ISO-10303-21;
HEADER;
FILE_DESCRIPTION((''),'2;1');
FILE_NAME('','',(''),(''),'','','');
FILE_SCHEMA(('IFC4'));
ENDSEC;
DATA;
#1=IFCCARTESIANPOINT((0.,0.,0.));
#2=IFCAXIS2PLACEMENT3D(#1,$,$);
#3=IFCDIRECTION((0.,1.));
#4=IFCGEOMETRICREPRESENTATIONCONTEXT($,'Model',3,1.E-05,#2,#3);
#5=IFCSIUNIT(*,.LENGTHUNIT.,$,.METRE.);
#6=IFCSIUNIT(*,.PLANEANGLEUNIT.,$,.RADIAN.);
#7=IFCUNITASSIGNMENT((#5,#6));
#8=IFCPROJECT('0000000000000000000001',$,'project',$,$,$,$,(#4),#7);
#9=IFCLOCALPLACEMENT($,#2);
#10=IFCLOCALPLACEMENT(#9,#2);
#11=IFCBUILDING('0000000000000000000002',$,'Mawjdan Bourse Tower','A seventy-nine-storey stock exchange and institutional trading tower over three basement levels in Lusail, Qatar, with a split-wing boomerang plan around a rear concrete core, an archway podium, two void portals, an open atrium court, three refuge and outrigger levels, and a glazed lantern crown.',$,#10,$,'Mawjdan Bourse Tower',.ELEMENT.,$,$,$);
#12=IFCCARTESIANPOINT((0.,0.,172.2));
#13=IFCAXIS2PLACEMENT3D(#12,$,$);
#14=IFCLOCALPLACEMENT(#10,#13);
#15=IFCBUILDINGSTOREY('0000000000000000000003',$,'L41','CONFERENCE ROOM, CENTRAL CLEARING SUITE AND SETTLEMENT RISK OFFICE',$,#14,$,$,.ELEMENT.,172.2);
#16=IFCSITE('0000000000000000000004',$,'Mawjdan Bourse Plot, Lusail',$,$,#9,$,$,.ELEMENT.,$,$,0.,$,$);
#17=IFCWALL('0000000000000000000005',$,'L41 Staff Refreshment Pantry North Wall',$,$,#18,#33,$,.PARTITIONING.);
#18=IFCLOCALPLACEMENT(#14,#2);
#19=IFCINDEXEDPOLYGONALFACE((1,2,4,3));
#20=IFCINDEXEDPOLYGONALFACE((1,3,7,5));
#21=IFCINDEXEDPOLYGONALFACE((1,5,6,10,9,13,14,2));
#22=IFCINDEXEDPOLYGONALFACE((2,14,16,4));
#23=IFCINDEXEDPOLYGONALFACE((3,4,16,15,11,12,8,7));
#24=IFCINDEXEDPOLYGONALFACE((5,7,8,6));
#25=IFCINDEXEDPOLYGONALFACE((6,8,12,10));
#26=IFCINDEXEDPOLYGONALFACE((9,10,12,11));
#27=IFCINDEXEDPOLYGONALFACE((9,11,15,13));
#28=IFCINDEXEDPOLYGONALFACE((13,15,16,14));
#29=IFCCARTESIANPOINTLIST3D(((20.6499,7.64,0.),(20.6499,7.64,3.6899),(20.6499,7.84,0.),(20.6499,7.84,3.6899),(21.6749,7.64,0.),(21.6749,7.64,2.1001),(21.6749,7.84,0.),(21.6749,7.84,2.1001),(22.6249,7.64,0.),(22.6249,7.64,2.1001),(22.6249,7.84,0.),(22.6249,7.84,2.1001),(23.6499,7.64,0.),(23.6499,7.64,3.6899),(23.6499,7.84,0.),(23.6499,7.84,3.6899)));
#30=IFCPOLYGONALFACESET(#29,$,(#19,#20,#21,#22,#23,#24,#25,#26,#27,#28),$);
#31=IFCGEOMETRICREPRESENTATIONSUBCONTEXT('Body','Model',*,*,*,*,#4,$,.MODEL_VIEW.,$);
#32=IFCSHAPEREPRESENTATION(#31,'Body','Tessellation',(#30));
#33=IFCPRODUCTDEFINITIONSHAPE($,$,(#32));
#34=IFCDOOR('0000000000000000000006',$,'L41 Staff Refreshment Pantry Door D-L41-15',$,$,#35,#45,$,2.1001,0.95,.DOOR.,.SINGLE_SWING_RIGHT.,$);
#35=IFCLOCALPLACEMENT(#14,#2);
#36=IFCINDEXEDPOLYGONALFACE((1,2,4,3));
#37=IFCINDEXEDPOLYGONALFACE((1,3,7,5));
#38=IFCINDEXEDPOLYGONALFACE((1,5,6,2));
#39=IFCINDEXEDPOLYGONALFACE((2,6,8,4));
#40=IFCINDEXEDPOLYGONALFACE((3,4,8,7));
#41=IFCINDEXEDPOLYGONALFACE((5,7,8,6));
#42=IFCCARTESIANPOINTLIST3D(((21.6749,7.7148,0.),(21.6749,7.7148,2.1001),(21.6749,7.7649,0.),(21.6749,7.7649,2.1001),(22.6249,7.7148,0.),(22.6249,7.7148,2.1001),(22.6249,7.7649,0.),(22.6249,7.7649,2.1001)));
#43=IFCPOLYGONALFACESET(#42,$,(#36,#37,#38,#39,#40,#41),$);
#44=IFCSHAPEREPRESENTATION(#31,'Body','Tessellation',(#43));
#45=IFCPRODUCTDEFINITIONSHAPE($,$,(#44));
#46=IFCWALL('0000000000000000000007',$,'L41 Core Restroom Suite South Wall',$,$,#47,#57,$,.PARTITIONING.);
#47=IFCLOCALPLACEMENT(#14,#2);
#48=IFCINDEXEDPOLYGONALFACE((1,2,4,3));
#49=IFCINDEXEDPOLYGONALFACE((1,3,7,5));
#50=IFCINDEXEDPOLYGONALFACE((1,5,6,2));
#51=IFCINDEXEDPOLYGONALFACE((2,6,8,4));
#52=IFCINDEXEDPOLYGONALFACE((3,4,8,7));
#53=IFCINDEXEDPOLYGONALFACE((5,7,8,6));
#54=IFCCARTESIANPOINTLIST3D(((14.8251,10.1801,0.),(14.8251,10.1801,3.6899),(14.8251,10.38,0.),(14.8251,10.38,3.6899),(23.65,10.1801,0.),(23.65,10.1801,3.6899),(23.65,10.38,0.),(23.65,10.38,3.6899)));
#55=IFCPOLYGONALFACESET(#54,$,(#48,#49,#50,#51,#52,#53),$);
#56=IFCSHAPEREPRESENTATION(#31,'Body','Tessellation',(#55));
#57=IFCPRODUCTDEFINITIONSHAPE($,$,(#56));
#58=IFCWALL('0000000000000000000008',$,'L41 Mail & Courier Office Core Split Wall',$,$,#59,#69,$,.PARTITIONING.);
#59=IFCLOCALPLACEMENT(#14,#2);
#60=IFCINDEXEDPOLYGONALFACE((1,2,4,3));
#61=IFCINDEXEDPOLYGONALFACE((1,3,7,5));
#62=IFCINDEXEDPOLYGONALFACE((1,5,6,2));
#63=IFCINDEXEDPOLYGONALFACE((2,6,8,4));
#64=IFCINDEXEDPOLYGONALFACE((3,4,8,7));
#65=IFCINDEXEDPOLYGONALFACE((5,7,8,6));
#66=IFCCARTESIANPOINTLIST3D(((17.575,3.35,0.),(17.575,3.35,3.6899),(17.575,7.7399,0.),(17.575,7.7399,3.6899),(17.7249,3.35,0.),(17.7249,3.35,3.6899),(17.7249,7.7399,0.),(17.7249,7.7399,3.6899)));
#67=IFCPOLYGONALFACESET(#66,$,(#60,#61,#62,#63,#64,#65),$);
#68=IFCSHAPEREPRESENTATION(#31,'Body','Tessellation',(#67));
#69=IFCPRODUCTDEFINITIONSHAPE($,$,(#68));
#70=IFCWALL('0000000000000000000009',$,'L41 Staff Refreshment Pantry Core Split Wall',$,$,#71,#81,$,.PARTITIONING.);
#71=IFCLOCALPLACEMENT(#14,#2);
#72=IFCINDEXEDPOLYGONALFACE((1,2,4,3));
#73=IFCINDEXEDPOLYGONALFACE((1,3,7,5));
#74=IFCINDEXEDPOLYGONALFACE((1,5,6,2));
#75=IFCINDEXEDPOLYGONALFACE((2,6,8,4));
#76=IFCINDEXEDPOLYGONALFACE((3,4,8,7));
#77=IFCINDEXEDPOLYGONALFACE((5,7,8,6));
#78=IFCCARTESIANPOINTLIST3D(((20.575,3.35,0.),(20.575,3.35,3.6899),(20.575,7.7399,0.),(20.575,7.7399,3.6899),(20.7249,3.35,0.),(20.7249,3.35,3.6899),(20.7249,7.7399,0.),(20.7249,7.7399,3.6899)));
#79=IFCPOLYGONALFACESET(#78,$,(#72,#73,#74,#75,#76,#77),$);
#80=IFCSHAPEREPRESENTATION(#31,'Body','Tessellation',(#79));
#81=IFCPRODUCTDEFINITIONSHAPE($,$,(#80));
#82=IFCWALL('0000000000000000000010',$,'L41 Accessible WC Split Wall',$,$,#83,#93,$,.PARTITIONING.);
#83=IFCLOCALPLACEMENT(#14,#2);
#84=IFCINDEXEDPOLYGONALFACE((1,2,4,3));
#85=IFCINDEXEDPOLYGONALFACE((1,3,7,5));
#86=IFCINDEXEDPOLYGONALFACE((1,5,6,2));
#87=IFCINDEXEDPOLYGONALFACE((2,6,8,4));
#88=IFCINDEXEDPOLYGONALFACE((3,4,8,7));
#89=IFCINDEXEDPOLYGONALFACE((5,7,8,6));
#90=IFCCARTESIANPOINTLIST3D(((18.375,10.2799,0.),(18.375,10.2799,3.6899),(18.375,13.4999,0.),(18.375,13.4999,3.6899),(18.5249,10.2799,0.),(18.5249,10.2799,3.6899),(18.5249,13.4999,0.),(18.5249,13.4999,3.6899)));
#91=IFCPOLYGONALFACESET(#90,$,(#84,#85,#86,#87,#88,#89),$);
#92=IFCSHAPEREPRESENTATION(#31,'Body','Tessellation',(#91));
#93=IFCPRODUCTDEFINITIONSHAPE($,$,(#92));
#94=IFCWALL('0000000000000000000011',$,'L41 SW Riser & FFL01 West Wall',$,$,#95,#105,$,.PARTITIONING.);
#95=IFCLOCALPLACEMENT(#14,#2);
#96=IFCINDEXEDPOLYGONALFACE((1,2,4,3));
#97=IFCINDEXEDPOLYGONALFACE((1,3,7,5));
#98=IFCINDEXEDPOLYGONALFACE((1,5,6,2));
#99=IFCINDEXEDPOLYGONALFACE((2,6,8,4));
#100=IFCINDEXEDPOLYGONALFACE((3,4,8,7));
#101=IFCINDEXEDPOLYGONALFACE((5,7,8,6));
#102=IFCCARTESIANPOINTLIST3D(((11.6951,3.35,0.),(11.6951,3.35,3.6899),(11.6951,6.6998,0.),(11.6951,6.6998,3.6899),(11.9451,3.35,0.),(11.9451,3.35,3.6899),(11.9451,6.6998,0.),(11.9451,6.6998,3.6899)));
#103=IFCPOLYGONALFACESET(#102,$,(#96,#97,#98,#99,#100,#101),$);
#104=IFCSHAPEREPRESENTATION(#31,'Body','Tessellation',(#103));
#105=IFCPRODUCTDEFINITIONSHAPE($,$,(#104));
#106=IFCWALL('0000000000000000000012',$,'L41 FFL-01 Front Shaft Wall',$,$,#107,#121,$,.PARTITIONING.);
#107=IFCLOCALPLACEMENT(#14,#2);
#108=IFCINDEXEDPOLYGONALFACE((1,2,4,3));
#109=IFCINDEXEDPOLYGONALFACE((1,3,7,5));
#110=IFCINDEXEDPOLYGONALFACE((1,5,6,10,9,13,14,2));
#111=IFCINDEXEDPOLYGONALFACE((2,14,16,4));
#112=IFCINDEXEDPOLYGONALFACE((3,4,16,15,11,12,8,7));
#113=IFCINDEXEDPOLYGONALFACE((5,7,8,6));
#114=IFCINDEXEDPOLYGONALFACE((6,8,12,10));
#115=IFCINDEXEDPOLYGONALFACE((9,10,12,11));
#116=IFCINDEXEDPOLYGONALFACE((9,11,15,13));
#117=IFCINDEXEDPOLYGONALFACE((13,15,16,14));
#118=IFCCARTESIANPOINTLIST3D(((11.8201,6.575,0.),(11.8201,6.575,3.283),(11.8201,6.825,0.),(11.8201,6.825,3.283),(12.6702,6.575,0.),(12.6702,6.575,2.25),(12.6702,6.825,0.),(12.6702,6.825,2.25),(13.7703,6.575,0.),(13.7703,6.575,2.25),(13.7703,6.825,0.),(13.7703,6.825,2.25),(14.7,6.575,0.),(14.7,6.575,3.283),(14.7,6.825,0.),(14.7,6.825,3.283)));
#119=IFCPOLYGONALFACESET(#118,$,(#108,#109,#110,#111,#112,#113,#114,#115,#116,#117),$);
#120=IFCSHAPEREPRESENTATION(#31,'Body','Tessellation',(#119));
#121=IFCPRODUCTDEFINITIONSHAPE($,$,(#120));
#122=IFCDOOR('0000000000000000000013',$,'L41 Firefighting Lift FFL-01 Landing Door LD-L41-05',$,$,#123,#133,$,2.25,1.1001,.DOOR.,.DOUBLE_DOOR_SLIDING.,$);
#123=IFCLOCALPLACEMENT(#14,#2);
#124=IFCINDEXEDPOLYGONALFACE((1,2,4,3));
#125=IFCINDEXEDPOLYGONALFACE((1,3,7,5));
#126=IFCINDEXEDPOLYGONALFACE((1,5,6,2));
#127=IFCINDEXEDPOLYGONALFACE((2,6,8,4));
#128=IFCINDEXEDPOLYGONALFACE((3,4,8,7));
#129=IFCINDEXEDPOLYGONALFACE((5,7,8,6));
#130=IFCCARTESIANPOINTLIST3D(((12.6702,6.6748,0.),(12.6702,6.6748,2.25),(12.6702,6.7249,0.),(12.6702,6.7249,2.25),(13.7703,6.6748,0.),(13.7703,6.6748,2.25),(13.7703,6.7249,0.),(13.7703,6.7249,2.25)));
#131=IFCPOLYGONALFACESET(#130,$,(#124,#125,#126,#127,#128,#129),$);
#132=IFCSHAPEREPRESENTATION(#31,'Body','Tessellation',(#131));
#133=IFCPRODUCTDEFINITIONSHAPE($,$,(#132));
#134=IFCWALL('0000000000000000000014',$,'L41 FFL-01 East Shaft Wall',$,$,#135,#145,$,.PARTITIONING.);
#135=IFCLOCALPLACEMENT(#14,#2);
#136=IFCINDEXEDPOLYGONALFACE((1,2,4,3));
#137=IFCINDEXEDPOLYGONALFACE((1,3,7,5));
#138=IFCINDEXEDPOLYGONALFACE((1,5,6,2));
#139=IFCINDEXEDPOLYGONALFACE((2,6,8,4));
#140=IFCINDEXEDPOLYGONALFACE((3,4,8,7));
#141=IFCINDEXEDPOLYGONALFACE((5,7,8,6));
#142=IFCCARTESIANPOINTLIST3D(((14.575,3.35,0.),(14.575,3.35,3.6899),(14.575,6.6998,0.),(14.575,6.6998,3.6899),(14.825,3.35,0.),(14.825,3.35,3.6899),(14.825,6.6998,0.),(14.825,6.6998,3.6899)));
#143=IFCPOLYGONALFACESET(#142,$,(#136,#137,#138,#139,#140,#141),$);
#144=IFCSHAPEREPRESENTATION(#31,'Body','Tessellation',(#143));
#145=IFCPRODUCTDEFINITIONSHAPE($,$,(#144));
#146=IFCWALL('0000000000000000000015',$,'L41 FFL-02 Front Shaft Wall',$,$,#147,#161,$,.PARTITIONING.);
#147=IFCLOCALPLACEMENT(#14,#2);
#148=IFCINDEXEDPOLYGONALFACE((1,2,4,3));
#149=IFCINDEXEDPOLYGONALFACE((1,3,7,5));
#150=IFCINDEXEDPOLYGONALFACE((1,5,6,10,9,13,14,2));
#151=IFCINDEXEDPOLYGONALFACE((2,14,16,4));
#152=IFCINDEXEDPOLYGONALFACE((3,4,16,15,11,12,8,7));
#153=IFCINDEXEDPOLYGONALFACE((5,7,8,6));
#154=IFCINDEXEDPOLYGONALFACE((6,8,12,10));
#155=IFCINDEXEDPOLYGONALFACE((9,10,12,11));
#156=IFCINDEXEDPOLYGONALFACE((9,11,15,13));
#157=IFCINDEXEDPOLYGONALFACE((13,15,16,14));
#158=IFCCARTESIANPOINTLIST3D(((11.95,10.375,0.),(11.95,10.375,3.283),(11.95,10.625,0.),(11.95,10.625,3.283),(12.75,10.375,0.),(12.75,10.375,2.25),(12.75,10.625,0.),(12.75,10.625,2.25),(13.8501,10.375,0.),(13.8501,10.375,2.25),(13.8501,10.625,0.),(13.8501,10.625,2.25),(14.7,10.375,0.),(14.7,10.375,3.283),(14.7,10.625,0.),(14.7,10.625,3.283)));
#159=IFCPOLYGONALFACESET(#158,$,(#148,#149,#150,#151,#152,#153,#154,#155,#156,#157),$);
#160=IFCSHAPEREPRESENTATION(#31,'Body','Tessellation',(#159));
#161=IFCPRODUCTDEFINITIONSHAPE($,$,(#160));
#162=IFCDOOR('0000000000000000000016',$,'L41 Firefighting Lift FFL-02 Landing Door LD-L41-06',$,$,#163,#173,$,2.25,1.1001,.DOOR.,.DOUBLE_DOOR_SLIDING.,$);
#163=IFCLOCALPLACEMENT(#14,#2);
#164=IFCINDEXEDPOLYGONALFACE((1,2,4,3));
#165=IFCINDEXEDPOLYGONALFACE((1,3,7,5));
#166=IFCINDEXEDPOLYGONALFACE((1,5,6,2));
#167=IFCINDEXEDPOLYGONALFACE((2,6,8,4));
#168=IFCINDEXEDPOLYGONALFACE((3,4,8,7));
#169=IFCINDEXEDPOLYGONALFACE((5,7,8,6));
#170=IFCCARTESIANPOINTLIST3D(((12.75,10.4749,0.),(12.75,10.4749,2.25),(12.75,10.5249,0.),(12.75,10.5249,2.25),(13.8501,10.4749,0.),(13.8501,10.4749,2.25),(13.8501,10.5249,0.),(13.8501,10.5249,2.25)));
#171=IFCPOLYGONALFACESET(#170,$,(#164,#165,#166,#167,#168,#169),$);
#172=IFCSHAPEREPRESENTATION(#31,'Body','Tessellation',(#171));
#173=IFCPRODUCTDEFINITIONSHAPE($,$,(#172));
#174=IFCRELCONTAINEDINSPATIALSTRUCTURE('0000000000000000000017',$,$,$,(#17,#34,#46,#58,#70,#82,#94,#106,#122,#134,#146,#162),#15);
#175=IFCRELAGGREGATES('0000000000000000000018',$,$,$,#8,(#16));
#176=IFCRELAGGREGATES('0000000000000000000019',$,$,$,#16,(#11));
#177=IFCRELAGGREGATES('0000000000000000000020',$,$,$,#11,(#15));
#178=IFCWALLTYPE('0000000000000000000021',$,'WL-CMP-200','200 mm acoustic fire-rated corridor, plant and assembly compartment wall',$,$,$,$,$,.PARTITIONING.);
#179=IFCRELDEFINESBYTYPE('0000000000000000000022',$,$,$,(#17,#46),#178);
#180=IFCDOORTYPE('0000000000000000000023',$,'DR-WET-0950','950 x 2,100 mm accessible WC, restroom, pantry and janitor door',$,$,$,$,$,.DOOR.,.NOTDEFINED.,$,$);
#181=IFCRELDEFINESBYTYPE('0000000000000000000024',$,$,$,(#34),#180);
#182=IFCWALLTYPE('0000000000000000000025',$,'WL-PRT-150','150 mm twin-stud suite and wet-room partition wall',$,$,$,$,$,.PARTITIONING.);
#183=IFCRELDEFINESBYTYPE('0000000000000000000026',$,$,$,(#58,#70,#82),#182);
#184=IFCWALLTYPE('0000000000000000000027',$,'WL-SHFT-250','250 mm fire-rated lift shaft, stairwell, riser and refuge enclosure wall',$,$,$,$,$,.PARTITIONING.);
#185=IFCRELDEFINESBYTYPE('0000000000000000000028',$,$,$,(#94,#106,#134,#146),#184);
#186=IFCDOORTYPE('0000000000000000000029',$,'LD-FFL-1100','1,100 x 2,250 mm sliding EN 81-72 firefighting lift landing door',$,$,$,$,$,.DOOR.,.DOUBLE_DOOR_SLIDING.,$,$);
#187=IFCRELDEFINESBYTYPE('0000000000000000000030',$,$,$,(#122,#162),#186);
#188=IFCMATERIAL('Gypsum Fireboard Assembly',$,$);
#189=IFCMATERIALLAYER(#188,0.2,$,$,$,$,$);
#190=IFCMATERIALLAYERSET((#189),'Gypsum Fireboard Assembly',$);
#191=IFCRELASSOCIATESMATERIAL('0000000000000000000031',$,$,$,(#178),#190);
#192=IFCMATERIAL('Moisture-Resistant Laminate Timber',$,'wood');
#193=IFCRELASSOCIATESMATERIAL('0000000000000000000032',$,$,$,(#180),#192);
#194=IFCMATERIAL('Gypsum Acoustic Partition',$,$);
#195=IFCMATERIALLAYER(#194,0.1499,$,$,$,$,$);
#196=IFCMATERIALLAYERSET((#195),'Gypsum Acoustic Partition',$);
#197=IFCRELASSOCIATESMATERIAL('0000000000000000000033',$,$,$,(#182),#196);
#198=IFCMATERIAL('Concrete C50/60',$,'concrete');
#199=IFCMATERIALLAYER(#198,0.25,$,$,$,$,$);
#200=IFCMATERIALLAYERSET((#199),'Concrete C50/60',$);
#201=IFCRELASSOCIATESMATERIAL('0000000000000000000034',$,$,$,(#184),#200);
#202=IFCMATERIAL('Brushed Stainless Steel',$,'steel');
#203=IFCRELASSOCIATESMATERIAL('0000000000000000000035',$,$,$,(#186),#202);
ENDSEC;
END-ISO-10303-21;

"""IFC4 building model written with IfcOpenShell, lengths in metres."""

from ifc_helpers import new_model, si_unit, direction, frame, frame_2d, origin, place, context, subcontext, project, spatial, rectangle, extrude, material, layer, layer_set, type_object, element, fill, save


model = new_model("IFC4")

# Units and contexts
model_context = context("Model", 3, precision=1e-05, world=origin(), true_north=direction((0.0, 1.0)))
body_context = subcontext(model_context, "Body", "Model", "MODEL_VIEW")
ifc_project = project(units=[si_unit("LENGTHUNIT", "METRE"), si_unit("PLANEANGLEUNIT", "RADIAN")], contexts=[model_context])

# Site, building, storey
site_placement = place(None, origin())
site = spatial("IfcSite", under=ifc_project, at=site_placement, Name="Mawjdan Bourse Plot, Lusail", CompositionType="ELEMENT", RefElevation=0.0)
building_placement = place(site_placement, origin())
building = spatial("IfcBuilding", under=site, at=building_placement, Name="Mawjdan Bourse Tower", Description="A seventy-nine-storey stock exchange and institutional trading tower over three basement levels in Lusail, Qatar, with a split-wing boomerang plan around a rear concrete core, an archway podium, two void portals, an open atrium court, three refuge and outrigger levels, and a glazed lantern crown.", LongName="Mawjdan Bourse Tower", CompositionType="ELEMENT")
storey_placement = place(building_placement, frame((0.0, 0.0, 172.2)))
storey = spatial("IfcBuildingStorey", under=building, at=storey_placement, Name="L41", Description="CONFERENCE ROOM, CENTRAL CLEARING SUITE AND SETTLEMENT RISK OFFICE", CompositionType="ELEMENT", Elevation=172.2)

# Wall, opening, door
ifc_material_1 = material(Name="Gypsum Fireboard Assembly")
ifc_layer_1 = layer(ifc_material_1, 0.2)
ifc_layer_set_1 = layer_set([ifc_layer_1], Name="Gypsum Fireboard Assembly")
wall_type_1 = type_object("IfcWallType", Name="WL-CMP-200", Description="200 mm acoustic fire-rated corridor, plant and assembly compartment wall", PredefinedType="PARTITIONING", material=ifc_layer_set_1)
wall_1_placement = place(storey_placement, frame((20.6499, 7.74, 0.0), z_axis=(0.0, 0.0, 1.0), x_axis=(1.0, 0.0, 0.0)))
wall_1 = element("IfcWall", 1, at=wall_1_placement, inside=storey, type_object=wall_type_1, Name="L41 Staff Refreshment Pantry North Wall", PredefinedType="PARTITIONING", context=body_context, shape_type="SweptSolid", body=[
    extrude(rectangle(XDim=3.0, YDim=0.2, at=frame_2d((1.5, 0.0))), origin(), (0.0, 0.0, 1.0), 3.6899),
])
opening_1_placement = place(wall_1_placement, frame((1.0249, 0.0, 0.0)))
opening_1 = element("IfcOpeningElement", 2, at=opening_1_placement, cuts=wall_1, PredefinedType="OPENING", context=body_context, shape_type="SweptSolid", body=[
    extrude(rectangle(XDim=0.95, YDim=2.1001, at=frame_2d((0.4751, 1.05))), frame((0.0, 0.1099, 0.0), z_axis=(0.0, -1.0, 0.0), x_axis=(1.0, 0.0, 0.0)), (0.0, 0.0, 1.0), 0.22),
])
ifc_material_2 = material(Name="Moisture-Resistant Laminate Timber", Category="wood")
door_type_1 = type_object("IfcDoorType", Name="DR-WET-0950", Description="950 x 2,100 mm accessible WC, restroom, pantry and janitor door", OperationType="NOTDEFINED", PredefinedType="DOOR", material=ifc_material_2)
door_1_placement = place(opening_1_placement, origin())
door_1 = element("IfcDoor", 3, at=door_1_placement, inside=storey, type_object=door_type_1, Name="L41 Staff Refreshment Pantry Door D-L41-15", OperationType="SINGLE_SWING_RIGHT", OverallHeight=2.1001, OverallWidth=0.95, PredefinedType="DOOR", context=body_context, shape_type="SweptSolid", body=[
    extrude(rectangle(XDim=0.95, YDim=2.1001, at=frame_2d((0.4751, 1.05))), frame((0.0, 0.0249, 0.0), z_axis=(0.0, -1.0, 0.0), x_axis=(1.0, 0.0, 0.0)), (0.0, 0.0, 1.0), 0.05),
])
fill(opening_1, door_1)

# Walls
wall_2_placement = place(storey_placement, frame((14.825, 10.28, 0.0), z_axis=(0.0, 0.0, 1.0), x_axis=(1.0, 0.0, 0.0)))
element("IfcWall", 4, at=wall_2_placement, inside=storey, type_object=wall_type_1, Name="L41 Core Restroom Suite South Wall", PredefinedType="PARTITIONING", context=body_context, shape_type="SweptSolid", body=[
    extrude(rectangle(XDim=8.825, YDim=0.2, at=frame_2d((4.4126, 0.0))), origin(), (0.0, 0.0, 1.0), 3.6899),
])
ifc_material_3 = material(Name="Gypsum Acoustic Partition")
ifc_layer_2 = layer(ifc_material_3, 0.1499)
ifc_layer_set_2 = layer_set([ifc_layer_2], Name="Gypsum Acoustic Partition")
wall_type_2 = type_object("IfcWallType", Name="WL-PRT-150", Description="150 mm twin-stud suite and wet-room partition wall", PredefinedType="PARTITIONING", material=ifc_layer_set_2)
for number, where, z_axis, x_axis, name in (
    (5, (17.6499, 3.3501, 0.0), (0.0, 0.0, 1.0), (0.0, 1.0, 0.0), "L41 Mail & Courier Office Core Split Wall"),
    (6, (20.6499, 3.3501, 0.0), (0.0, 0.0, 1.0), (0.0, 1.0, 0.0), "L41 Staff Refreshment Pantry Core Split Wall"),
):
    element("IfcWall", number, at=place(storey_placement, frame(where, z_axis=z_axis, x_axis=x_axis)), inside=storey, type_object=wall_type_2, Name=name, PredefinedType="PARTITIONING", context=body_context, shape_type="SweptSolid", body=[
        extrude(rectangle(XDim=4.3899, YDim=0.1499, at=frame_2d((2.1948, 0.0))), origin(), (0.0, 0.0, 1.0), 3.6899),
    ])
wall_3_placement = place(storey_placement, frame((18.45, 10.28, 0.0), z_axis=(0.0, 0.0, 1.0), x_axis=(0.0, 1.0, 0.0)))
element("IfcWall", 7, at=wall_3_placement, inside=storey, type_object=wall_type_2, Name="L41 Accessible WC Split Wall", PredefinedType="PARTITIONING", context=body_context, shape_type="SweptSolid", body=[
    extrude(rectangle(XDim=3.22, YDim=0.1499, at=frame_2d((1.6099, 0.0))), origin(), (0.0, 0.0, 1.0), 3.6899),
])
ifc_material_4 = material(Name="Concrete C50/60", Category="concrete")
ifc_layer_3 = layer(ifc_material_4, 0.25)
ifc_layer_set_3 = layer_set([ifc_layer_3], Name="Concrete C50/60")
wall_type_3 = type_object("IfcWallType", Name="WL-SHFT-250", Description="250 mm fire-rated lift shaft, stairwell, riser and refuge enclosure wall", PredefinedType="PARTITIONING", material=ifc_layer_set_3)
wall_4_placement = place(storey_placement, frame((11.8201, 3.3501, 0.0), z_axis=(0.0, 0.0, 1.0), x_axis=(0.0, 1.0, 0.0)))
element("IfcWall", 8, at=wall_4_placement, inside=storey, type_object=wall_type_3, Name="L41 SW Riser & FFL01 West Wall", PredefinedType="PARTITIONING", context=body_context, shape_type="SweptSolid", body=[
    extrude(rectangle(XDim=3.3499, YDim=0.25, at=frame_2d((1.6748, 0.0))), origin(), (0.0, 0.0, 1.0), 3.6899),
])

# Wall, opening, door
wall_5_placement = place(storey_placement, frame((11.8201, 6.7, 0.0), z_axis=(0.0, 0.0, 1.0), x_axis=(1.0, 0.0, 0.0)))
wall_5 = element("IfcWall", 9, at=wall_5_placement, inside=storey, type_object=wall_type_3, Name="L41 FFL-01 Front Shaft Wall", PredefinedType="PARTITIONING", context=body_context, shape_type="SweptSolid", body=[
    extrude(rectangle(XDim=2.8799, YDim=0.25, at=frame_2d((1.4399, 0.0))), origin(), (0.0, 0.0, 1.0), 3.283),
])
opening_2_placement = place(wall_5_placement, frame((0.8501, 0.0, 0.0)))
opening_2 = element("IfcOpeningElement", 10, at=opening_2_placement, cuts=wall_5, PredefinedType="OPENING", context=body_context, shape_type="SweptSolid", body=[
    extrude(rectangle(XDim=1.1001, YDim=2.25, at=frame_2d((0.55, 1.125))), frame((0.0, 0.135, 0.0), z_axis=(0.0, -1.0, 0.0), x_axis=(1.0, 0.0, 0.0)), (0.0, 0.0, 1.0), 0.27),
])
ifc_material_5 = material(Name="Brushed Stainless Steel", Category="steel")
door_type_2 = type_object("IfcDoorType", Name="LD-FFL-1100", Description="1,100 x 2,250 mm sliding EN 81-72 firefighting lift landing door", OperationType="DOUBLE_DOOR_SLIDING", PredefinedType="DOOR", material=ifc_material_5)
door_2_placement = place(opening_2_placement, origin())
door_2 = element("IfcDoor", 11, at=door_2_placement, inside=storey, type_object=door_type_2, Name="L41 Firefighting Lift FFL-01 Landing Door LD-L41-05", OperationType="DOUBLE_DOOR_SLIDING", OverallHeight=2.25, OverallWidth=1.1001, PredefinedType="DOOR", context=body_context, shape_type="SweptSolid", body=[
    extrude(rectangle(XDim=1.1001, YDim=2.25, at=frame_2d((0.55, 1.125))), frame((0.0, 0.0249, 0.0), z_axis=(0.0, -1.0, 0.0), x_axis=(1.0, 0.0, 0.0)), (0.0, 0.0, 1.0), 0.05),
])
fill(opening_2, door_2)

# Wall
wall_6_placement = place(storey_placement, frame((14.7, 3.3501, 0.0), z_axis=(0.0, 0.0, 1.0), x_axis=(0.0, 1.0, 0.0)))
element("IfcWall", 12, at=wall_6_placement, inside=storey, type_object=wall_type_3, Name="L41 FFL-01 East Shaft Wall", PredefinedType="PARTITIONING", context=body_context, shape_type="SweptSolid", body=[
    extrude(rectangle(XDim=3.3499, YDim=0.25, at=frame_2d((1.6748, 0.0))), origin(), (0.0, 0.0, 1.0), 3.6899),
])

# Wall, opening, door
wall_7_placement = place(storey_placement, frame((11.95, 10.5, 0.0), z_axis=(0.0, 0.0, 1.0), x_axis=(1.0, 0.0, 0.0)))
wall_7 = element("IfcWall", 13, at=wall_7_placement, inside=storey, type_object=wall_type_3, Name="L41 FFL-02 Front Shaft Wall", PredefinedType="PARTITIONING", context=body_context, shape_type="SweptSolid", body=[
    extrude(rectangle(XDim=2.75, YDim=0.25, at=frame_2d((1.375, 0.0))), origin(), (0.0, 0.0, 1.0), 3.283),
])
opening_3_placement = place(wall_7_placement, frame((0.8, 0.0, 0.0)))
opening_3 = element("IfcOpeningElement", 14, at=opening_3_placement, cuts=wall_7, PredefinedType="OPENING", context=body_context, shape_type="SweptSolid", body=[
    extrude(rectangle(XDim=1.1001, YDim=2.25, at=frame_2d((0.55, 1.125))), frame((0.0, 0.135, 0.0), z_axis=(0.0, -1.0, 0.0), x_axis=(1.0, 0.0, 0.0)), (0.0, 0.0, 1.0), 0.27),
])
door_3_placement = place(opening_3_placement, origin())
door_3 = element("IfcDoor", 15, at=door_3_placement, inside=storey, type_object=door_type_2, Name="L41 Firefighting Lift FFL-02 Landing Door LD-L41-06", OperationType="DOUBLE_DOOR_SLIDING", OverallHeight=2.25, OverallWidth=1.1001, PredefinedType="DOOR", context=body_context, shape_type="SweptSolid", body=[
    extrude(rectangle(XDim=1.1001, YDim=2.25, at=frame_2d((0.55, 1.125))), frame((0.0, 0.0249, 0.0), z_axis=(0.0, -1.0, 0.0), x_axis=(1.0, 0.0, 0.0)), (0.0, 0.0, 1.0), 0.05),
])
fill(opening_3, door_3)

save(model, "model.ifc")
